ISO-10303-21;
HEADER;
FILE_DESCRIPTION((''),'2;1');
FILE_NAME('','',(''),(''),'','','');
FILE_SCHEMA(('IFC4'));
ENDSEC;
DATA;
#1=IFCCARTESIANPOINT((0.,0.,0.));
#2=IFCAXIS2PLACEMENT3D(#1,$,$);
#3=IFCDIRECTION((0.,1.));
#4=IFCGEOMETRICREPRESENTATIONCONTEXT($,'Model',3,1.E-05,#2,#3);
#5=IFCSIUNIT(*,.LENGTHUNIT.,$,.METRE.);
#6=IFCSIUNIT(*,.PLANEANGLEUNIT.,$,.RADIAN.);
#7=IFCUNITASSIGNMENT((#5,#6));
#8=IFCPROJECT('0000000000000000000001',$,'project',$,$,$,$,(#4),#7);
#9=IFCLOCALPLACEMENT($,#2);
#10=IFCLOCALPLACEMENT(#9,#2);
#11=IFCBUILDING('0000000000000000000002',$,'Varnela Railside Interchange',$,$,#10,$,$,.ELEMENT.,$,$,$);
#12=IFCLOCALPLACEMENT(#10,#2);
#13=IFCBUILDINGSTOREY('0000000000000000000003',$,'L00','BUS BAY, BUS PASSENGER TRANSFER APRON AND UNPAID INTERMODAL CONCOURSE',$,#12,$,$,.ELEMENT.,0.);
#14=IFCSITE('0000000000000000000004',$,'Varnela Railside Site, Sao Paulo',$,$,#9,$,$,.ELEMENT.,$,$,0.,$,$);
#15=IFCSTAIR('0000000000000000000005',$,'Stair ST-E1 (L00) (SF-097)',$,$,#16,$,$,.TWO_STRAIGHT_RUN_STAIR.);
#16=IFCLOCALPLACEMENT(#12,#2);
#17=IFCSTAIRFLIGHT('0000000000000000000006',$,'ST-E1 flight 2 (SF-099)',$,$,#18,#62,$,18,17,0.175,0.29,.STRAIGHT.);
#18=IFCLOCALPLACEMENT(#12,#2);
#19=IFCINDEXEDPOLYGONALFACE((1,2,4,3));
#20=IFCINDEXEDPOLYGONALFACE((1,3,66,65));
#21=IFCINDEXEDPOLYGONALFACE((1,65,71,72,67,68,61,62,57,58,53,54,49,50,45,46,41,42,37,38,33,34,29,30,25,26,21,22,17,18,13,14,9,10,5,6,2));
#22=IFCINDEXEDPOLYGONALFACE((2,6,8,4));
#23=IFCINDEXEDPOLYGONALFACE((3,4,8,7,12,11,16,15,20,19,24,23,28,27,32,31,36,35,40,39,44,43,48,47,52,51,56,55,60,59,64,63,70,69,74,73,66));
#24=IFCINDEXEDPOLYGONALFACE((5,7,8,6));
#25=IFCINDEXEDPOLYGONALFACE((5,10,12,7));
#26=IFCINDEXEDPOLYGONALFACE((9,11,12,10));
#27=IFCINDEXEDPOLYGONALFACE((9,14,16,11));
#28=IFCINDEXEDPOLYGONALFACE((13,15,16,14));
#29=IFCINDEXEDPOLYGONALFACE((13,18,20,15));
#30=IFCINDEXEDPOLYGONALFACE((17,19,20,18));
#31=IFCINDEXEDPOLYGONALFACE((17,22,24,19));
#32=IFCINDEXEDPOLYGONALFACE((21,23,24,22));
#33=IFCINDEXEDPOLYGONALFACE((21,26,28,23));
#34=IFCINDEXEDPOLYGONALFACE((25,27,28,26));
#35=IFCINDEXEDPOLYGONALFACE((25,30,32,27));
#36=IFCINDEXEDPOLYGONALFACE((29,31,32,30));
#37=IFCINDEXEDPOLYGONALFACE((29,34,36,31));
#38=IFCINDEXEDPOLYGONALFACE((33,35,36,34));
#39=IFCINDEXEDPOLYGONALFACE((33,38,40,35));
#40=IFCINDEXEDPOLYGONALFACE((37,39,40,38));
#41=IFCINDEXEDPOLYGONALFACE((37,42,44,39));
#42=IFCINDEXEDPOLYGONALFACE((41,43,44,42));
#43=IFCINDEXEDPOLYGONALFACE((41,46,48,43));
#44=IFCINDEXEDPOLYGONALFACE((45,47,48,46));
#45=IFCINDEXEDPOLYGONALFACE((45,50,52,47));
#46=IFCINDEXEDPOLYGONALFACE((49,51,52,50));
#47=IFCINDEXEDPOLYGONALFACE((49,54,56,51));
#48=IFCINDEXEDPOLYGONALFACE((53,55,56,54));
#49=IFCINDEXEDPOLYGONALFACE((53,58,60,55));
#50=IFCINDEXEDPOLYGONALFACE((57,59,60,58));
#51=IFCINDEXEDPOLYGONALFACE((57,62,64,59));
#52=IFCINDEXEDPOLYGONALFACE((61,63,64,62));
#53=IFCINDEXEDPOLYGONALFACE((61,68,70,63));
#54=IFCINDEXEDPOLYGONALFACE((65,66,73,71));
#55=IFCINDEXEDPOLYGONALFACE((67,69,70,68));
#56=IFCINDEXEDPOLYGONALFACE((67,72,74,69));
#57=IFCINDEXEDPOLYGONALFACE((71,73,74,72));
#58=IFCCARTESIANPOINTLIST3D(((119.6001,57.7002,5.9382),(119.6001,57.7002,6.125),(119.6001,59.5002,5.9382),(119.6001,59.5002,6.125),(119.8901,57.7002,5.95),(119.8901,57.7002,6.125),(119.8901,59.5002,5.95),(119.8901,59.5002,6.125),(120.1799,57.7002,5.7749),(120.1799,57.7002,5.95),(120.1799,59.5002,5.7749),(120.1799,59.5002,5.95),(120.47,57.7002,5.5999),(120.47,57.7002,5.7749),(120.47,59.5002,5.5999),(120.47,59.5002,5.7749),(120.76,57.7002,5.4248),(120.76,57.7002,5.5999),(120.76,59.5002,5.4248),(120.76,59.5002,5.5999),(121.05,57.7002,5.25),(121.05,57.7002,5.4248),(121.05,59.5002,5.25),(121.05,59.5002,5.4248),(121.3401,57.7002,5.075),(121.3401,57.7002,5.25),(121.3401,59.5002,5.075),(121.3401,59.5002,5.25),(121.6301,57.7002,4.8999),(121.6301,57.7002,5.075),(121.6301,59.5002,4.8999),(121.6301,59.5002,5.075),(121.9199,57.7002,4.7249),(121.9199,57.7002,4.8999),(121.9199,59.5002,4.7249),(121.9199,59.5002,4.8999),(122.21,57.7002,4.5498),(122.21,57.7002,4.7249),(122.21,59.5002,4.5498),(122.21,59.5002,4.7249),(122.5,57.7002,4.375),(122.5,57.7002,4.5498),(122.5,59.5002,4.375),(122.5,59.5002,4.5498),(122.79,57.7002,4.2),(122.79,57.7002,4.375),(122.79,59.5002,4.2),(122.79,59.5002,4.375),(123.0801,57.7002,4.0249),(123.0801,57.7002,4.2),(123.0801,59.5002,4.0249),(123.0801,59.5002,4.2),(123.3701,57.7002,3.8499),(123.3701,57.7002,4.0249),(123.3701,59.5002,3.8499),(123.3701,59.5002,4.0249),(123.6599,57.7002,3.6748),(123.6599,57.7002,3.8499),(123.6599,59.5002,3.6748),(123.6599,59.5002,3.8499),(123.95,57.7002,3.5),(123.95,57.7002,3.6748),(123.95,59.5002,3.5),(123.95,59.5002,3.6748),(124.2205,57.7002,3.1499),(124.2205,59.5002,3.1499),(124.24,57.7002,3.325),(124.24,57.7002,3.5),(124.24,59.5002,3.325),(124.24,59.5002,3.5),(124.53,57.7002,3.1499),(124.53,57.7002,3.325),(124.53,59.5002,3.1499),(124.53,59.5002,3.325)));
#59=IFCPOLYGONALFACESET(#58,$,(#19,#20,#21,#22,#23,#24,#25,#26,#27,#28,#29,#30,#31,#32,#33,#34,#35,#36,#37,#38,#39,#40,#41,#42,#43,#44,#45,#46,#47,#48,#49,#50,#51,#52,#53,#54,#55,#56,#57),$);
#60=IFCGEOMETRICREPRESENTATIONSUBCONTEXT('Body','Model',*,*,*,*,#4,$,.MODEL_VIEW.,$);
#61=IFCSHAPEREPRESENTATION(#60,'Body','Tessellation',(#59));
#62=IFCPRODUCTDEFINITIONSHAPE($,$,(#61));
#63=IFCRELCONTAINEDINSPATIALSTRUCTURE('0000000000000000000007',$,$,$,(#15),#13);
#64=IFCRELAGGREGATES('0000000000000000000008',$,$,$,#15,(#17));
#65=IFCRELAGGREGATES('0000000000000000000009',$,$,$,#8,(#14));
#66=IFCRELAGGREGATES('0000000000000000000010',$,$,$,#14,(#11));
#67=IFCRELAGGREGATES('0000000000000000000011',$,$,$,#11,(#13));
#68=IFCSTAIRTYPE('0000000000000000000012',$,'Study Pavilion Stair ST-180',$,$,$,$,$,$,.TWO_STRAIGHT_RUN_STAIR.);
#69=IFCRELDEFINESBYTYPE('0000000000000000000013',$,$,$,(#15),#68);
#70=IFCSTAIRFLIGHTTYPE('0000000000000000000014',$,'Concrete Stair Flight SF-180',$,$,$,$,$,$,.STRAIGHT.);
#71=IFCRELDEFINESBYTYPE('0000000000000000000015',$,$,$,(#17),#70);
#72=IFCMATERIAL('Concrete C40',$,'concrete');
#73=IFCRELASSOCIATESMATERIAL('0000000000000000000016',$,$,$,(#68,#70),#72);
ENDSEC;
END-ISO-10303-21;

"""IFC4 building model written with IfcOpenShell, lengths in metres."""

from ifc_helpers import new_model, si_unit, direction, frame, origin, place, context, subcontext, project, spatial, polyline, outline, extrude, material, type_object, element, aggregate, save


model = new_model("IFC4")

# Units and contexts
model_context = context("Model", 3, precision=1e-05, world=origin(), true_north=direction((0.0, 1.0)))
body_context = subcontext(model_context, "Body", "Model", "MODEL_VIEW")
ifc_project = project(units=[si_unit("LENGTHUNIT", "METRE"), si_unit("PLANEANGLEUNIT", "RADIAN")], contexts=[model_context])

# Site, building, storey
site_placement = place(None, origin())
site = spatial("IfcSite", under=ifc_project, at=site_placement, Name="Varnela Railside Site, Sao Paulo", CompositionType="ELEMENT", RefElevation=0.0)
building_placement = place(site_placement, origin())
building = spatial("IfcBuilding", under=site, at=building_placement, Name="Varnela Railside Interchange", CompositionType="ELEMENT")
storey_placement = place(building_placement, origin())
storey = spatial("IfcBuildingStorey", under=building, at=storey_placement, Name="L00", Description="BUS BAY, BUS PASSENGER TRANSFER APRON AND UNPAID INTERMODAL CONCOURSE", CompositionType="ELEMENT", Elevation=0.0)

# Shared definitions
ifc_material_1 = material(Name="Concrete C40", Category="concrete")

# Stair, stair flight
stair_type = type_object("IfcStairType", Name="Study Pavilion Stair ST-180", PredefinedType="TWO_STRAIGHT_RUN_STAIR", material=ifc_material_1)
stair_placement = place(storey_placement, origin())
stair = element("IfcStair", 1, at=stair_placement, inside=storey, type_object=stair_type, Name="Stair ST-E1 (L00) (SF-097)", PredefinedType="TWO_STRAIGHT_RUN_STAIR")
stair_flight_type = type_object("IfcStairFlightType", Name="Concrete Stair Flight SF-180", PredefinedType="STRAIGHT", material=ifc_material_1)
stair_flight_1_placement = place(storey_placement, frame((124.53, 58.6001, 3.1499), z_axis=(0.0, 0.0, 1.0), x_axis=(-1.0, 0.0, 0.0)))
stair_flight_1 = element("IfcStairFlight", 2, at=stair_flight_1_placement, type_object=stair_flight_type, Name="ST-E1 flight 2 (SF-099)", NumberOfRisers=18, NumberOfTreads=17, PredefinedType="STRAIGHT", RiserHeight=0.175, TreadLength=0.29, context=body_context, shape_type="SweptSolid", body=[
    extrude(outline(polyline([(0.0, 0.0), (0.0, 0.175), (0.29, 0.175), (0.29, 0.3501), (0.5801, 0.3501), (0.5801, 0.5249), (0.8701, 0.5249), (0.8701, 0.7), (1.1599, 0.7), (1.1599, 0.875), (1.45, 0.875), (1.45, 1.05), (1.74, 1.05), (1.74, 1.2251), (2.03, 1.2251), (2.03, 1.3999), (2.3201, 1.3999), (2.3201, 1.575), (2.6101, 1.575), (2.6101, 1.75), (2.8999, 1.75), (2.8999, 1.925), (3.1899, 1.925), (3.1899, 2.1001), (3.48, 2.1001), (3.48, 2.2749), (3.77, 2.2749), (3.77, 2.45), (4.0601, 2.45), (4.0601, 2.625), (4.3501, 2.625), (4.3501, 2.8), (4.6399, 2.8), (4.6399, 2.9751), (4.9299, 2.9751), (4.9299, 3.1499), (4.9299, 2.7883), (0.3096, 0.0), (0.0, 0.0)])), frame((0.0, 0.8999, 0.0), z_axis=(0.0, -1.0, 0.0), x_axis=(1.0, 0.0, 0.0)), (0.0, 0.0, 1.0), 1.8),
])
aggregate(stair, [stair_flight_1])

save(model, "model.ifc")
